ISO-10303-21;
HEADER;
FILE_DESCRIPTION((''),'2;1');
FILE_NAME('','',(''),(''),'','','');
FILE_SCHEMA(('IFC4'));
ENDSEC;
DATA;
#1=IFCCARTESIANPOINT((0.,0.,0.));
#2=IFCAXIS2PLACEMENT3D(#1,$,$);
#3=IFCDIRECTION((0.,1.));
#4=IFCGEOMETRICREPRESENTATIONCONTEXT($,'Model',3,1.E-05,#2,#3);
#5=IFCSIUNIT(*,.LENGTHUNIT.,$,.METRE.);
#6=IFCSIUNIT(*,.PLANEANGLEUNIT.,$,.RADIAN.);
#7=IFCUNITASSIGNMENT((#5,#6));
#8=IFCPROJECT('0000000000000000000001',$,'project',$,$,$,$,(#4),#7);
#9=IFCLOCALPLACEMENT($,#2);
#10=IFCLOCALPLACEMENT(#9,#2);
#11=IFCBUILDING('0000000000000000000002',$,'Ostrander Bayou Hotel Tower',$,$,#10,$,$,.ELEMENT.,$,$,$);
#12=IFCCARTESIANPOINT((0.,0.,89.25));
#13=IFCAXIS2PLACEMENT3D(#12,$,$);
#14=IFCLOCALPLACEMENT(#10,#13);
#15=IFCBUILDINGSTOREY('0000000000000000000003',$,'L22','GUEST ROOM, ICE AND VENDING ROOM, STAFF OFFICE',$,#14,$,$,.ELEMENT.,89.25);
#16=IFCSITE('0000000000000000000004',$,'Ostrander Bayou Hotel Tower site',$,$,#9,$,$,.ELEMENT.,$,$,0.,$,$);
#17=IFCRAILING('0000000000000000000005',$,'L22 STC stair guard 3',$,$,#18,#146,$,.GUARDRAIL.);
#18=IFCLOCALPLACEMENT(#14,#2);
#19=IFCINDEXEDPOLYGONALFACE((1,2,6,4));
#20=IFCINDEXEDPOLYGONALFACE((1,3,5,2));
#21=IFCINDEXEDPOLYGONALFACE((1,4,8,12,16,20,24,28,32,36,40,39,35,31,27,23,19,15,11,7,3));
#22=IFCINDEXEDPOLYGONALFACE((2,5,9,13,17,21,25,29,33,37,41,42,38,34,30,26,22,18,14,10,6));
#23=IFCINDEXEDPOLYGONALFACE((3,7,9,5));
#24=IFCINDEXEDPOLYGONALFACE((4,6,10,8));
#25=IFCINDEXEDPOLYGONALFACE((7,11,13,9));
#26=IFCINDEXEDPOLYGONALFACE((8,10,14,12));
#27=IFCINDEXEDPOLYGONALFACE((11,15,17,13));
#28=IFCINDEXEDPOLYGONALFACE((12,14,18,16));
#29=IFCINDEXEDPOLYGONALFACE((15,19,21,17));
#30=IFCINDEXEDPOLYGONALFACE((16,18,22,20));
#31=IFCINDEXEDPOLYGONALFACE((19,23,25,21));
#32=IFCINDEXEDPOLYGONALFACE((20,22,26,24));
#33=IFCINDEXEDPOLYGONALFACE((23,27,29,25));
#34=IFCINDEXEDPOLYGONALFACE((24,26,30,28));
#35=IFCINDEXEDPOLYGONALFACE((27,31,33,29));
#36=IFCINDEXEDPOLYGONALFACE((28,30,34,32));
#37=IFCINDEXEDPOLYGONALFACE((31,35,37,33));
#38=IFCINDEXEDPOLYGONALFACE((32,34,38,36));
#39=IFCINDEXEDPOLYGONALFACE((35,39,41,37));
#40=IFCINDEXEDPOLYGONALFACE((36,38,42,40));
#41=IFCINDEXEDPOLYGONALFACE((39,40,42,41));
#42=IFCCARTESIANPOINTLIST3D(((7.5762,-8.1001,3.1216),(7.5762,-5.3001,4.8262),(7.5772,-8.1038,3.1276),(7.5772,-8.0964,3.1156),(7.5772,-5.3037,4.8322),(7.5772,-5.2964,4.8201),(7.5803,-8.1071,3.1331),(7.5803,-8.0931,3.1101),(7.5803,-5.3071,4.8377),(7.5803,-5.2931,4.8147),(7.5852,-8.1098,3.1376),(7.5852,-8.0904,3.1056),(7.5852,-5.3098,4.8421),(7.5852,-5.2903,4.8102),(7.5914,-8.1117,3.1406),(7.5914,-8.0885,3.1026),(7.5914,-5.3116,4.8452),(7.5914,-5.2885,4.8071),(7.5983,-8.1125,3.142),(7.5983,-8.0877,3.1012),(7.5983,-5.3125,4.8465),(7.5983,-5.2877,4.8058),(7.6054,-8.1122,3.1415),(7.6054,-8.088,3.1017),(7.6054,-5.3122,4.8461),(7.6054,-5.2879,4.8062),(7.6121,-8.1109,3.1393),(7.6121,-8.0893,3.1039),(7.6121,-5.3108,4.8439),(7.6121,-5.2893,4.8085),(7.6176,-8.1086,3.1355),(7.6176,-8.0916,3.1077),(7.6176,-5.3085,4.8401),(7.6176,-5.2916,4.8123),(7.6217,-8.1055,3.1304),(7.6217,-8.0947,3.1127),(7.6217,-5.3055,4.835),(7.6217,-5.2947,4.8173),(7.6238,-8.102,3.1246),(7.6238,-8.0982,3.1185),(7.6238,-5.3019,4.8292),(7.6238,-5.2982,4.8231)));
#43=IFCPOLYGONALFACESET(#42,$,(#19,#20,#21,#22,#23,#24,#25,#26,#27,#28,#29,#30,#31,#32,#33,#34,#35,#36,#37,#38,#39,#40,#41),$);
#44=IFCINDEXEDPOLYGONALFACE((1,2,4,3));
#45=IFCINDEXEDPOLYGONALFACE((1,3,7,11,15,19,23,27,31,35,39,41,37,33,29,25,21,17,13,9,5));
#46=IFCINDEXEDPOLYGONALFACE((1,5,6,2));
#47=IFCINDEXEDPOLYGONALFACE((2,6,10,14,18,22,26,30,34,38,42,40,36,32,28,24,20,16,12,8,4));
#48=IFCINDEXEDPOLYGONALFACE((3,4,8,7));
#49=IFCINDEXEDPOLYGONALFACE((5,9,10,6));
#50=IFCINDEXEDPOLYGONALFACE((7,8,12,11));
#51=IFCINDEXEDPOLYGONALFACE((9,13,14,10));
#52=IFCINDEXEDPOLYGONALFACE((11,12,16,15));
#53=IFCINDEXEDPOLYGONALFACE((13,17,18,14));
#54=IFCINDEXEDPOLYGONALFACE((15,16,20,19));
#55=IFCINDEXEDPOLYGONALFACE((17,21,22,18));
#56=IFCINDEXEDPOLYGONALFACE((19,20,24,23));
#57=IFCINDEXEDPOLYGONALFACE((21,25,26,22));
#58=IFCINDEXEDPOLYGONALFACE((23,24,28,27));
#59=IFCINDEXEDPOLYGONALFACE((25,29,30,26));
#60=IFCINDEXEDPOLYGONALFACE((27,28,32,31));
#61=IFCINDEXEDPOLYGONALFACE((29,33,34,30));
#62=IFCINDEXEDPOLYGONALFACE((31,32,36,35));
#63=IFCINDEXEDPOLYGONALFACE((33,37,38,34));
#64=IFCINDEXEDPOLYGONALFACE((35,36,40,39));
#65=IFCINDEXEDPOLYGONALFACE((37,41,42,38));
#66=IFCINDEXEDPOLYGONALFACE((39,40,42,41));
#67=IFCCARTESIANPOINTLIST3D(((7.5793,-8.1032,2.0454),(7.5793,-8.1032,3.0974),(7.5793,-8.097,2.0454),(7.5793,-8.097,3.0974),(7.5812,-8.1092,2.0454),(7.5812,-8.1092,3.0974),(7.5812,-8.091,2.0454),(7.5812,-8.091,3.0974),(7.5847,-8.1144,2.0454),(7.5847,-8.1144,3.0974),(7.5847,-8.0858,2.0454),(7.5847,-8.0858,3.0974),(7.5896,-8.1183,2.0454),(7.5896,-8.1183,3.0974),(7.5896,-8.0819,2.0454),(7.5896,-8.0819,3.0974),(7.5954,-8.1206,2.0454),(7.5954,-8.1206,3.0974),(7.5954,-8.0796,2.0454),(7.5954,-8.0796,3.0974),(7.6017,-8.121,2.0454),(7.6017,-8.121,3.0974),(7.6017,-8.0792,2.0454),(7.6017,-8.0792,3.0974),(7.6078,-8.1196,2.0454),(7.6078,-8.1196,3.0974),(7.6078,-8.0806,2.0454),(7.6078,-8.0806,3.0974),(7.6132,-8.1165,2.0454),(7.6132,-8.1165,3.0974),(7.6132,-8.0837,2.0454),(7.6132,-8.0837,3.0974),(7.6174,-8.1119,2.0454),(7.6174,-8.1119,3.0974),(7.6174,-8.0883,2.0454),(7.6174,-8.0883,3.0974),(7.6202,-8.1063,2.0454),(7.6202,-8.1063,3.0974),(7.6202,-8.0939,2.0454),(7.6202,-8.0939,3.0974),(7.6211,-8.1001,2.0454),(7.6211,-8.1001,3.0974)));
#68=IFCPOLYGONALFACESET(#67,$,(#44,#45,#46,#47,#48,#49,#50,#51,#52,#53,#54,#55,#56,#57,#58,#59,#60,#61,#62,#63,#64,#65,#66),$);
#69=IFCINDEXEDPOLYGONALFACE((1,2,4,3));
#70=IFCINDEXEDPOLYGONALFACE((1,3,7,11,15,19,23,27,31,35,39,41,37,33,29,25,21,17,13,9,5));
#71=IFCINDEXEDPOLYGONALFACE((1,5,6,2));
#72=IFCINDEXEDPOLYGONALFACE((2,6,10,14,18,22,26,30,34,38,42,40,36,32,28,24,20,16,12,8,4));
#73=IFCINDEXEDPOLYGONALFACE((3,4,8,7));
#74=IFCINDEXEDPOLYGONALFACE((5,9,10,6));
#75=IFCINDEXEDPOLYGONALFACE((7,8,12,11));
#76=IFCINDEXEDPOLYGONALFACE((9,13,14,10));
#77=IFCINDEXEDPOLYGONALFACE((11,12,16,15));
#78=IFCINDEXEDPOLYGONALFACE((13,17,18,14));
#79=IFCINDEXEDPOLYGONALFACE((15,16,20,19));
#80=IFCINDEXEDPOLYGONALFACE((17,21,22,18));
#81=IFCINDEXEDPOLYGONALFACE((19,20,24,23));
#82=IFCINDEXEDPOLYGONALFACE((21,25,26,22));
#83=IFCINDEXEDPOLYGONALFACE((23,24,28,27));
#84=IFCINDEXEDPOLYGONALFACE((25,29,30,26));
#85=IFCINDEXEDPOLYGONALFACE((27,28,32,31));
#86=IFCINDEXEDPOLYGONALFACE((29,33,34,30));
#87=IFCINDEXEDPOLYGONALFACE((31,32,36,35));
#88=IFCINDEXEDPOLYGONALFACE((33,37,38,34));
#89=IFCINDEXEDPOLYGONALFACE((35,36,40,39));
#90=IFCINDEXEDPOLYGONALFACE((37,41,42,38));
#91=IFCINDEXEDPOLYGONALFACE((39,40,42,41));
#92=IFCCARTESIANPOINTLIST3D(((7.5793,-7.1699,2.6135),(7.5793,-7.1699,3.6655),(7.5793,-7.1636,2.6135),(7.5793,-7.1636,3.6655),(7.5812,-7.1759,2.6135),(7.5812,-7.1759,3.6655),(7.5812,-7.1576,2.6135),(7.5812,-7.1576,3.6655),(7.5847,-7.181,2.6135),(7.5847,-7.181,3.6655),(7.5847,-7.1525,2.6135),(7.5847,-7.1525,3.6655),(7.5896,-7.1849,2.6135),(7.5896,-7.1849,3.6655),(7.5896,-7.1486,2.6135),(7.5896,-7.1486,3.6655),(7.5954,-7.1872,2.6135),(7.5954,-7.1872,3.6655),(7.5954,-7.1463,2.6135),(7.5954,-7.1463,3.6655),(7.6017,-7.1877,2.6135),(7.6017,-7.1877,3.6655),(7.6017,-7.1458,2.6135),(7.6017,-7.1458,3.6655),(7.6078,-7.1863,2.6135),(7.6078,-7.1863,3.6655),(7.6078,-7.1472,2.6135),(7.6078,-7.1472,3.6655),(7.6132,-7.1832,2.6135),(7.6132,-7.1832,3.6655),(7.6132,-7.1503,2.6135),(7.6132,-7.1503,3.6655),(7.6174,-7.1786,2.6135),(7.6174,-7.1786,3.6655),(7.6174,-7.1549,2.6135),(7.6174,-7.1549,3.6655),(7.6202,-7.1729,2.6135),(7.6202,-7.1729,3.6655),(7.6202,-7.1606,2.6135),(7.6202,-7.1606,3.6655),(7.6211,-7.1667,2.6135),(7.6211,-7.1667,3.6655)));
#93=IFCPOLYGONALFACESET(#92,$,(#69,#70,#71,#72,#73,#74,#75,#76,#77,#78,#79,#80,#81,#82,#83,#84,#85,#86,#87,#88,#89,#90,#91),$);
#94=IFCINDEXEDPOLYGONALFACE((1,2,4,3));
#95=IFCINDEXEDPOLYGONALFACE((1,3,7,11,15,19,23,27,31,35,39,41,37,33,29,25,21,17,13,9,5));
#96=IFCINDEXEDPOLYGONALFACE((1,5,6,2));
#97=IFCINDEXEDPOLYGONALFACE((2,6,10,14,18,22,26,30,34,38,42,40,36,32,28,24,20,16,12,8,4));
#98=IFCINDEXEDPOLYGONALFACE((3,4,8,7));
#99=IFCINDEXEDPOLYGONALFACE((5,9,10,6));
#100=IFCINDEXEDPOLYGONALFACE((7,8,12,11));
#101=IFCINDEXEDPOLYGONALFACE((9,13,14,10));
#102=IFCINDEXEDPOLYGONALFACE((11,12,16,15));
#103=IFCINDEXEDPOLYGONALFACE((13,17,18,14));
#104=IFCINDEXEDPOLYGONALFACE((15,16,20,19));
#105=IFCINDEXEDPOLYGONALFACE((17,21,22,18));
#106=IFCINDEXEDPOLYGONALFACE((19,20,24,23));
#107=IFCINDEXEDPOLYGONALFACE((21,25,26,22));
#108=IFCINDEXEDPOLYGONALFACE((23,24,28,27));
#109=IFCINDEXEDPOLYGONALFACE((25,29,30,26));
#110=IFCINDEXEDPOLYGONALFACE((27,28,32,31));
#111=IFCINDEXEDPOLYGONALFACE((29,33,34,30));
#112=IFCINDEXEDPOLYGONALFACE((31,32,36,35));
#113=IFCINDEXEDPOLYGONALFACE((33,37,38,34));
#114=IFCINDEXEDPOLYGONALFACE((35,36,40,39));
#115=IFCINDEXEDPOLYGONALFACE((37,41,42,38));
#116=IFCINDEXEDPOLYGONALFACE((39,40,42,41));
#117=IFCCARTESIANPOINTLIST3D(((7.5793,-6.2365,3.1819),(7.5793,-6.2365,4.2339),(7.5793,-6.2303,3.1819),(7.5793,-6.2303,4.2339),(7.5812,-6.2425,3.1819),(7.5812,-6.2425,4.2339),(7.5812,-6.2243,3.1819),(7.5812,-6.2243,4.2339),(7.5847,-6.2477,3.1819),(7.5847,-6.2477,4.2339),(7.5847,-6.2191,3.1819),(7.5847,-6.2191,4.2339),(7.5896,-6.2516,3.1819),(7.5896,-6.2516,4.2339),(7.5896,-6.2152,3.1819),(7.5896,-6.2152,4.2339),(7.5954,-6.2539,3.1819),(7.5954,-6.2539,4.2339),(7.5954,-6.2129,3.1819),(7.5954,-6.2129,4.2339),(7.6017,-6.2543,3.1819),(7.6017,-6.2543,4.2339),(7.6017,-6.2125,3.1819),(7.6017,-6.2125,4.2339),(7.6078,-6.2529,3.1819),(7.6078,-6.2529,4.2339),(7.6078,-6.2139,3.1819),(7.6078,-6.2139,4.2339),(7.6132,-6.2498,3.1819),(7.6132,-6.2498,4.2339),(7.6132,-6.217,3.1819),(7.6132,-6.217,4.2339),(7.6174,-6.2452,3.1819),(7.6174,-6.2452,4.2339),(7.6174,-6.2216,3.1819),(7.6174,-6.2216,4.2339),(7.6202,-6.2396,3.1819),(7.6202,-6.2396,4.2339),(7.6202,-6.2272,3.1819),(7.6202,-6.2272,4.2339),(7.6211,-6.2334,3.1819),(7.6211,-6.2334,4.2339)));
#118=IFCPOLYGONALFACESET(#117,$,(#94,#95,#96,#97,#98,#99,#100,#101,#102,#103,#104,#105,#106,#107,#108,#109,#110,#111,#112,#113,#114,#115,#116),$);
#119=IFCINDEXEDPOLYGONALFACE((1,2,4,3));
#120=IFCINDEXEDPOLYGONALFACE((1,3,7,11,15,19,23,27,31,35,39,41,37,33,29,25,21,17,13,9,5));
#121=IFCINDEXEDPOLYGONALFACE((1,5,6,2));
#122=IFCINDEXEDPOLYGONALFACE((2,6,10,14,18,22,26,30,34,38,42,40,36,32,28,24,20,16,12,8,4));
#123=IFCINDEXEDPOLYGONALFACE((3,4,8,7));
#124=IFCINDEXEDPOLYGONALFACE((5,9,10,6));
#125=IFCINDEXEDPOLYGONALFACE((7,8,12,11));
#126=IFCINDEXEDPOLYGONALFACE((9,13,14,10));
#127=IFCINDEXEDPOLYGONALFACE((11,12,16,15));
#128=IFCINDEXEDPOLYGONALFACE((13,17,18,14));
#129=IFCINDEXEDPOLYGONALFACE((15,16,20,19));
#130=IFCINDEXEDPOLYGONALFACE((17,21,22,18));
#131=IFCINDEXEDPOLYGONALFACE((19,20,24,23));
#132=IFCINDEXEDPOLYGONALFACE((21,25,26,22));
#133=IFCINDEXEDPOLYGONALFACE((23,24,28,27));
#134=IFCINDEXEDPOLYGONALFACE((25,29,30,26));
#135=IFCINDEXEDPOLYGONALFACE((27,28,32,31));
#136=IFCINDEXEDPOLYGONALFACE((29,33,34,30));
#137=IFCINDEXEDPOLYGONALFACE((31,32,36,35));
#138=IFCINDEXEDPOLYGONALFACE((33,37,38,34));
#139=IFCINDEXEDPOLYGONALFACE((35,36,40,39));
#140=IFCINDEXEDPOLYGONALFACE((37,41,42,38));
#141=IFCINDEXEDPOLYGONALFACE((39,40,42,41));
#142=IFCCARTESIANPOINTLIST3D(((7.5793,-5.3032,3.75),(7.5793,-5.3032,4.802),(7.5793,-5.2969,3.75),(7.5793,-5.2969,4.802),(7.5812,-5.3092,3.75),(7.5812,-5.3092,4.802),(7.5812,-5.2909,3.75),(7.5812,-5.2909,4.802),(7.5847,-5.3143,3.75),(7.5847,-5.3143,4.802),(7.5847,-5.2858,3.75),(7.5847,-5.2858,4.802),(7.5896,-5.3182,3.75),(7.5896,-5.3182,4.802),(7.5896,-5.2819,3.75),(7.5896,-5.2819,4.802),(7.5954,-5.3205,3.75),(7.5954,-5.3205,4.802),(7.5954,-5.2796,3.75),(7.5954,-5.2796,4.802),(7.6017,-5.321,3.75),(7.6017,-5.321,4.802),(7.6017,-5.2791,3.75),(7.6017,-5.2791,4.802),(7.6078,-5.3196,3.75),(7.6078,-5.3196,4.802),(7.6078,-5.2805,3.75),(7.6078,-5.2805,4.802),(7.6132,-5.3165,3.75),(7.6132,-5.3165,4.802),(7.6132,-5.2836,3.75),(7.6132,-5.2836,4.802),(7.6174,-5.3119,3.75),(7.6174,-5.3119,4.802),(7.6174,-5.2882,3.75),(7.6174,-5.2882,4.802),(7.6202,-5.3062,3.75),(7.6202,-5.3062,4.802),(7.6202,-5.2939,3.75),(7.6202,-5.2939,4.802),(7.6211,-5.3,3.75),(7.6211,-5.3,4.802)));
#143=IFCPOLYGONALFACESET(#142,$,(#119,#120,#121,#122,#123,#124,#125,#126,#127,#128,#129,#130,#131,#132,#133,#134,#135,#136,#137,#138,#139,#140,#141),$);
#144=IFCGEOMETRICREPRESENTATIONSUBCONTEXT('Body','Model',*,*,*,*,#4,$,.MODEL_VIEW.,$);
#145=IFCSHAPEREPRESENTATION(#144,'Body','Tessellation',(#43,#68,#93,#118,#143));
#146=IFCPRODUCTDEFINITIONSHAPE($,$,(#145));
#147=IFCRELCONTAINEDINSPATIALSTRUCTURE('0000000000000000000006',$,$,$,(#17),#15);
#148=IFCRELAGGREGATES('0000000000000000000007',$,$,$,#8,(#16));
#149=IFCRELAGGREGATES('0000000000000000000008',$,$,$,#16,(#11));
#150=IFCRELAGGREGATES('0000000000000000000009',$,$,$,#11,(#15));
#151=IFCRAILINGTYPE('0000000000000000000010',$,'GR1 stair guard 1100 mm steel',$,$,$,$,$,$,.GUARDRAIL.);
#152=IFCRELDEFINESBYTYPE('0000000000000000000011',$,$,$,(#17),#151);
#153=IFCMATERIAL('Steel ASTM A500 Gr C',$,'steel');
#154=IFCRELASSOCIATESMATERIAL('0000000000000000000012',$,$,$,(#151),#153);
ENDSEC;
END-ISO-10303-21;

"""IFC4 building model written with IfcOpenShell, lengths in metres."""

from ifc_helpers import new_model, si_unit, direction, frame, origin, origin_2d, place, context, subcontext, project, spatial, circle, extrude, material, type_object, element, save


model = new_model("IFC4")

# Units and contexts
model_context = context("Model", 3, precision=1e-05, world=origin(), true_north=direction((0.0, 1.0)))
body_context = subcontext(model_context, "Body", "Model", "MODEL_VIEW")
ifc_project = project(units=[si_unit("LENGTHUNIT", "METRE"), si_unit("PLANEANGLEUNIT", "RADIAN")], contexts=[model_context])

# Site, building, storey
site_placement = place(None, origin())
site = spatial("IfcSite", under=ifc_project, at=site_placement, Name="Ostrander Bayou Hotel Tower site", CompositionType="ELEMENT", RefElevation=0.0)
building_placement = place(site_placement, origin())
building = spatial("IfcBuilding", under=site, at=building_placement, Name="Ostrander Bayou Hotel Tower", CompositionType="ELEMENT")
storey_placement = place(building_placement, frame((0.0, 0.0, 89.25)))
storey = spatial("IfcBuildingStorey", under=building, at=storey_placement, Name="L22", Description="GUEST ROOM, ICE AND VENDING ROOM, STAFF OFFICE", CompositionType="ELEMENT", Elevation=89.25)

# Railing
ifc_material_1 = material(Name="Steel ASTM A500 Gr C", Category="steel")
railing_type = type_object("IfcRailingType", Name="GR1 stair guard 1100 mm steel", PredefinedType="GUARDRAIL", material=ifc_material_1)
railing_1_placement = place(storey_placement, frame((7.6001, -8.1001, 2.0454)))
element("IfcRailing", 1, at=railing_1_placement, inside=storey, type_object=railing_type, Name="L22 STC stair guard 3", PredefinedType="GUARDRAIL", context=body_context, shape_type="SweptSolid", body=[
    extrude(circle(Radius=0.0239, at=origin_2d()), frame((0.0, 0.0, 1.0762), z_axis=(0.0, 0.85417, 0.519994), x_axis=(-1.0, 0.0, 0.0)), (0.0, 0.0, 1.0), 3.2781),
    extrude(circle(Radius=0.021, at=origin_2d()), origin(), (0.0, 0.0, 1.0), 1.052),
    extrude(circle(Radius=0.021, at=origin_2d()), frame((0.0, 0.9333, 0.5681)), (0.0, 0.0, 1.0), 1.052),
    extrude(circle(Radius=0.021, at=origin_2d()), frame((0.0, 1.8667, 1.1365)), (0.0, 0.0, 1.0), 1.052),
    extrude(circle(Radius=0.021, at=origin_2d()), frame((0.0, 2.8, 1.7046)), (0.0, 0.0, 1.0), 1.052),
])

save(model, "model.ifc")
